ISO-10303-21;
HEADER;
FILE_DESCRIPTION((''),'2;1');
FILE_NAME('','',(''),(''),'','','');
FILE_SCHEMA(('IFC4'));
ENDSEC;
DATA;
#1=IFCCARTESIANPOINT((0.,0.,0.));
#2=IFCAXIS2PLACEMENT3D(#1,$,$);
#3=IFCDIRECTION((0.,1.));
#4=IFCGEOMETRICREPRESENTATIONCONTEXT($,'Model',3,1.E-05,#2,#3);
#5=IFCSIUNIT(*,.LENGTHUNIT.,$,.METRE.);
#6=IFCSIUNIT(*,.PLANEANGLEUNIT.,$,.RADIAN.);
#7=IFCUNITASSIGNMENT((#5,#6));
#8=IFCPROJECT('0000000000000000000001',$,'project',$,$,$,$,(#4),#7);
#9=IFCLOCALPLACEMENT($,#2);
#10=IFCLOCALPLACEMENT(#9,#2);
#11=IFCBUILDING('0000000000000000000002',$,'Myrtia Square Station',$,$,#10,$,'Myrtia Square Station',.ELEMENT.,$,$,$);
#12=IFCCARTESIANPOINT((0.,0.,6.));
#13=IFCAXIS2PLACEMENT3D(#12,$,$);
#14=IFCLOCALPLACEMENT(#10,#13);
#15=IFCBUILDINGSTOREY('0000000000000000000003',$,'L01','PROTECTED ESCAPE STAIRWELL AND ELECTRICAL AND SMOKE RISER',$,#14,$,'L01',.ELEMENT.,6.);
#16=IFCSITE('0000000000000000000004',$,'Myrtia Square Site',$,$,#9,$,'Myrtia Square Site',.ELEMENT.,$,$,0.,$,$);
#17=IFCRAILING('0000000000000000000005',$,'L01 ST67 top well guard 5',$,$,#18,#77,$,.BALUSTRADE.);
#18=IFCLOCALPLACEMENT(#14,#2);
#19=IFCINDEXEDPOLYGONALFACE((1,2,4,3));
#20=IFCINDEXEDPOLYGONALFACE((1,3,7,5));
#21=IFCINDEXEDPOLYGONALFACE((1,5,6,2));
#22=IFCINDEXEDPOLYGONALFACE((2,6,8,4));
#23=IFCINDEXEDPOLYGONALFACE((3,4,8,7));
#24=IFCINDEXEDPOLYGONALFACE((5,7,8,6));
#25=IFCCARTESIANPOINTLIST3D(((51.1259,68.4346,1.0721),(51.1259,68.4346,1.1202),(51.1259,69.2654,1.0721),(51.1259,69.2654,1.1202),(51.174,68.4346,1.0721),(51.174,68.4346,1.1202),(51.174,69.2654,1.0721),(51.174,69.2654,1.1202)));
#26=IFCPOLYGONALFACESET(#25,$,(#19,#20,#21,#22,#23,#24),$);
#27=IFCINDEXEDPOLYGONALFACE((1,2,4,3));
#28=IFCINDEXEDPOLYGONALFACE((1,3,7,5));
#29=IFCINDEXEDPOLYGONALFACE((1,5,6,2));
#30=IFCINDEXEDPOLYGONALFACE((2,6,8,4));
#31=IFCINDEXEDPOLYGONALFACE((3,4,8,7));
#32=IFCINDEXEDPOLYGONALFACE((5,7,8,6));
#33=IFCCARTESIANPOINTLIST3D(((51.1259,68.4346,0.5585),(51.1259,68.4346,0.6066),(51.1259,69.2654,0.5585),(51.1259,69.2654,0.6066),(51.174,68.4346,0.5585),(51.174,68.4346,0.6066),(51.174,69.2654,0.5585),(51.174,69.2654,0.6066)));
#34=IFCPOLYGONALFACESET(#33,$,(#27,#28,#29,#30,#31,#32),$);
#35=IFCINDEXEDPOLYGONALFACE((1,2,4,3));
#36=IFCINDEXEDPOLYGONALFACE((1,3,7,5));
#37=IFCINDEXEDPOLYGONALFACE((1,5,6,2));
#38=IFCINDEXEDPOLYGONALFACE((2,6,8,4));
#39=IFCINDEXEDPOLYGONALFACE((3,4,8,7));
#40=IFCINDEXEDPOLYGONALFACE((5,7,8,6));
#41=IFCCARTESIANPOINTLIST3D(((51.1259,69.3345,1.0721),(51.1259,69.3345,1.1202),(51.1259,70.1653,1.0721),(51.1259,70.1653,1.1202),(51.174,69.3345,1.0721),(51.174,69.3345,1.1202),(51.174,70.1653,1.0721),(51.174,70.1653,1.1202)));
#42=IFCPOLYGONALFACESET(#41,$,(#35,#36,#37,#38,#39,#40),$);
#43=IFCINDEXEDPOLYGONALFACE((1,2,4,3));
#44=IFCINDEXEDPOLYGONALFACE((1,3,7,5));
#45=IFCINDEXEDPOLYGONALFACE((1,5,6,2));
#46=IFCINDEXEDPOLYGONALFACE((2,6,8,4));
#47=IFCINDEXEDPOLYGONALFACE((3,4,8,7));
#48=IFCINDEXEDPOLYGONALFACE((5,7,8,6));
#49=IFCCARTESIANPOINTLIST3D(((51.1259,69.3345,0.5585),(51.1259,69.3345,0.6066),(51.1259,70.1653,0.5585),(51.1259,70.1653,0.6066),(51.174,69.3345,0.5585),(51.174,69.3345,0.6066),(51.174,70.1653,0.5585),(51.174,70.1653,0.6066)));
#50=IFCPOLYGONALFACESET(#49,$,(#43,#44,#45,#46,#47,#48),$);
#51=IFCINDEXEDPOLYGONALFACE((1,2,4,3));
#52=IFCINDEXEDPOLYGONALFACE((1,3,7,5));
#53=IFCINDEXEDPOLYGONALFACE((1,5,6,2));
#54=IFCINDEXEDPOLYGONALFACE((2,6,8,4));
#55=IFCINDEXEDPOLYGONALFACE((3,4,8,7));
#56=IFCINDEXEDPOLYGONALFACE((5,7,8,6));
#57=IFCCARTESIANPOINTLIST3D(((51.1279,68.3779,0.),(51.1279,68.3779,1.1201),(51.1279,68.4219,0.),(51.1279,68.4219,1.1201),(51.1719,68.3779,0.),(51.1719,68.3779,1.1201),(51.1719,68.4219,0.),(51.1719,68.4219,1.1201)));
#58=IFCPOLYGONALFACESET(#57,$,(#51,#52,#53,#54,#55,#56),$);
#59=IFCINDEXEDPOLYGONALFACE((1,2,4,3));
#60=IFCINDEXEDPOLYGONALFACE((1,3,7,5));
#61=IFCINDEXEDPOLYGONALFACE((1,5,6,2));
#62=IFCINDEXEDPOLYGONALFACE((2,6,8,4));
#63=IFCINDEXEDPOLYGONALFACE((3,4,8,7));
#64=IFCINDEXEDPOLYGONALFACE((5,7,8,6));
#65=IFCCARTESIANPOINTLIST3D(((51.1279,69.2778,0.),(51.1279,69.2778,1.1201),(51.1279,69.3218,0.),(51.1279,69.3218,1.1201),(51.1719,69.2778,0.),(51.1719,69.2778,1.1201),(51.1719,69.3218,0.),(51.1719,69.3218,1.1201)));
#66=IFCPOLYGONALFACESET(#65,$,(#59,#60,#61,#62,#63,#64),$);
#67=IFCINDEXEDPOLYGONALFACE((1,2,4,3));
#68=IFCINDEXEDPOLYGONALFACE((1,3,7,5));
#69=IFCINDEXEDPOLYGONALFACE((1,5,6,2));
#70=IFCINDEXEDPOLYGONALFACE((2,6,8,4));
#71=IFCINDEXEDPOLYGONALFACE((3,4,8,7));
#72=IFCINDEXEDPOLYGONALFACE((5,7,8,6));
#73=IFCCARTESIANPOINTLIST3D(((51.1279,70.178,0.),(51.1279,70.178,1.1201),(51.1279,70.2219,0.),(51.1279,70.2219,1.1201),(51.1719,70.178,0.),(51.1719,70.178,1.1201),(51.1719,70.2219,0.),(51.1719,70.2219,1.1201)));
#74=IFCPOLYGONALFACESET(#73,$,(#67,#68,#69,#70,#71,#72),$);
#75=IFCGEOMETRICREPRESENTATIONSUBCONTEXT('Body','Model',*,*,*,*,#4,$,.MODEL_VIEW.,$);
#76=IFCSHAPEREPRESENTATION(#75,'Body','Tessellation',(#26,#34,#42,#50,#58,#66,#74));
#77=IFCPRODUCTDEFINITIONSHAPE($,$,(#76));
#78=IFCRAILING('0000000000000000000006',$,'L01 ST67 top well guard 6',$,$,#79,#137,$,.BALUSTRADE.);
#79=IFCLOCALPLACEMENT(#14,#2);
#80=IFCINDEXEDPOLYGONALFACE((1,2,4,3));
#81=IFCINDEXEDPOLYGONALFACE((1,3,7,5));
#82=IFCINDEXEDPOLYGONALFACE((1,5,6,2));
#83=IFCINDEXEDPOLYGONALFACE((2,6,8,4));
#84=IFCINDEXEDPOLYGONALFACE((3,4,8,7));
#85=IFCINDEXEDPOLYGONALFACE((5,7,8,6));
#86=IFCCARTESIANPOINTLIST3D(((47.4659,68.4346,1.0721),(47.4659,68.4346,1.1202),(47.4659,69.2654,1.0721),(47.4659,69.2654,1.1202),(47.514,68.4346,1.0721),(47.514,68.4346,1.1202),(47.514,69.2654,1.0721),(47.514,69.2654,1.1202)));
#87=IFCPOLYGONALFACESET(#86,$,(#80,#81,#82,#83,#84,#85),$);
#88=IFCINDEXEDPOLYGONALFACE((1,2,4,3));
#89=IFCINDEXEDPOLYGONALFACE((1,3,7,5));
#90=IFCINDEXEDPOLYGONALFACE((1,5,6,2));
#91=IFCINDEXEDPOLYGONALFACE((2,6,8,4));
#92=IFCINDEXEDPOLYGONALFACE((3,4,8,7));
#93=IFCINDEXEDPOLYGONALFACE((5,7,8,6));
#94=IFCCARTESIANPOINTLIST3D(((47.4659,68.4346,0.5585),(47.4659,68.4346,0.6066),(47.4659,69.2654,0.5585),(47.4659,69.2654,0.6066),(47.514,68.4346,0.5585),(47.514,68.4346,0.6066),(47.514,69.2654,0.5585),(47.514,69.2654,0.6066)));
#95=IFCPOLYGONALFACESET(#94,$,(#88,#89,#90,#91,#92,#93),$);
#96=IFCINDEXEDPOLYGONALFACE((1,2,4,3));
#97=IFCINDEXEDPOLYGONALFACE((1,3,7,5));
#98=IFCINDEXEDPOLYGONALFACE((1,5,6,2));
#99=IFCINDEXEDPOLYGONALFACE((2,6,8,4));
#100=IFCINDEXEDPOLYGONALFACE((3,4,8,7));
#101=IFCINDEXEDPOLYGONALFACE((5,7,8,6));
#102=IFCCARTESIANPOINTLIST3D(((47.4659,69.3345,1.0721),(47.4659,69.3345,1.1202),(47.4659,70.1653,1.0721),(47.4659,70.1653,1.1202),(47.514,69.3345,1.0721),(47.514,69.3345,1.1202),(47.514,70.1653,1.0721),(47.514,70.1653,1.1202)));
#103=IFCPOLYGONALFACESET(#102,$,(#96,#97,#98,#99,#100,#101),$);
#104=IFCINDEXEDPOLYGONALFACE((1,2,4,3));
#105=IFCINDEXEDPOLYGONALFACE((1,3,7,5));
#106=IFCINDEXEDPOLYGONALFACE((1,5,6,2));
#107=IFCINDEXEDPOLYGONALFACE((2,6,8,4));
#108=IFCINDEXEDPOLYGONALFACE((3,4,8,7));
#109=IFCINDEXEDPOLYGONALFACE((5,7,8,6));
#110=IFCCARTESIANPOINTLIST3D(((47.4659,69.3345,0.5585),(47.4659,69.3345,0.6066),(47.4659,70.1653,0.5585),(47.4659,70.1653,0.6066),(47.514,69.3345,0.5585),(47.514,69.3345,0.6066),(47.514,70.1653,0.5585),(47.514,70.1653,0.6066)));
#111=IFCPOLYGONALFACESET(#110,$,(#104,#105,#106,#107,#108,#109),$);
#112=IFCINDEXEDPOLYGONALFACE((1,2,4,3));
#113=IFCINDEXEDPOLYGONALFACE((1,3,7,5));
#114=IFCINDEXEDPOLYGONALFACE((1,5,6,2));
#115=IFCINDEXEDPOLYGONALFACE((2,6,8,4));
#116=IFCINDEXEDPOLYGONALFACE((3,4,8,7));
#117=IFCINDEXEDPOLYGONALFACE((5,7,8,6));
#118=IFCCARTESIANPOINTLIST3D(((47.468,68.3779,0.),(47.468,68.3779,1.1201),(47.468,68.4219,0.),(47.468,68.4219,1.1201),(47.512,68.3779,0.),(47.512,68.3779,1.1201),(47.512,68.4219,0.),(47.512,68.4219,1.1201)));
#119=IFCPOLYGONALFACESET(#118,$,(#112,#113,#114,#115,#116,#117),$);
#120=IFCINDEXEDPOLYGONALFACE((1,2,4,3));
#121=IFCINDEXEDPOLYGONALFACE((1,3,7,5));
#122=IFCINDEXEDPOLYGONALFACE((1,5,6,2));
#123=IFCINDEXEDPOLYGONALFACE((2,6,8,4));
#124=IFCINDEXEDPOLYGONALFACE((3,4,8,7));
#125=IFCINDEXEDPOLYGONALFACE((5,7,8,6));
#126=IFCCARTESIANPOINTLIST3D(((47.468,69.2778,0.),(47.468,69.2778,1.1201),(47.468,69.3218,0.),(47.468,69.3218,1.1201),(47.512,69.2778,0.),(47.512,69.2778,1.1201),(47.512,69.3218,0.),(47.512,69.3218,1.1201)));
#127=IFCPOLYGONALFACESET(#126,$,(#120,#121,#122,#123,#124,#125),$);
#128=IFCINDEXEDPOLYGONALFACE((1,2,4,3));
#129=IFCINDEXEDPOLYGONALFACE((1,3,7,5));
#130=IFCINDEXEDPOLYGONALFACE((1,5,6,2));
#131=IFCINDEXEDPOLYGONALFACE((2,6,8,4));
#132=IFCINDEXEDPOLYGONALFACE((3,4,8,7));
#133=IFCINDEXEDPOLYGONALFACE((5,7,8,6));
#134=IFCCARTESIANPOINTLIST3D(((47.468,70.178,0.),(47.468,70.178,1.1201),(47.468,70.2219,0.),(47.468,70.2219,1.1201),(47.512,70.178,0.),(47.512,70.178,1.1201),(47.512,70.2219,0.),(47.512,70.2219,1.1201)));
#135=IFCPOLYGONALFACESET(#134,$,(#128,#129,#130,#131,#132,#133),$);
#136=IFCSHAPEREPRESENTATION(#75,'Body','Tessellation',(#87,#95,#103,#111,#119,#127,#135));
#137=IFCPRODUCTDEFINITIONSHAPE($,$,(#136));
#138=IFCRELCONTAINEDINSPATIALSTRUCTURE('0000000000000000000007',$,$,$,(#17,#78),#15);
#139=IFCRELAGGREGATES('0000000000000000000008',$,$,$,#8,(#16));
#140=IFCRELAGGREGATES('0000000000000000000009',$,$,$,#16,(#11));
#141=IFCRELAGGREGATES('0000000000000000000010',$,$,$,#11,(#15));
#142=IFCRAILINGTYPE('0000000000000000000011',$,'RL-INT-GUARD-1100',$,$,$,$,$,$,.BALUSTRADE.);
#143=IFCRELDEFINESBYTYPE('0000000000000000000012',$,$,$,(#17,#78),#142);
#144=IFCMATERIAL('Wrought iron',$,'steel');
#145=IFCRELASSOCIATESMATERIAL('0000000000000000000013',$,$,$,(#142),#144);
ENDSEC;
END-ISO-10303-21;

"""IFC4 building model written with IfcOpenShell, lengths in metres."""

from ifc_helpers import new_model, si_unit, direction, frame, origin, origin_2d, place, context, subcontext, project, spatial, rectangle, extrude, material, type_object, element, save


model = new_model("IFC4")

# Units and contexts
model_context = context("Model", 3, precision=1e-05, world=origin(), true_north=direction((0.0, 1.0)))
body_context = subcontext(model_context, "Body", "Model", "MODEL_VIEW")
ifc_project = project(units=[si_unit("LENGTHUNIT", "METRE"), si_unit("PLANEANGLEUNIT", "RADIAN")], contexts=[model_context])

# Site, building, storey
site_placement = place(None, origin())
site = spatial("IfcSite", under=ifc_project, at=site_placement, Name="Myrtia Square Site", LongName="Myrtia Square Site", CompositionType="ELEMENT", RefElevation=0.0)
building_placement = place(site_placement, origin())
building = spatial("IfcBuilding", under=site, at=building_placement, Name="Myrtia Square Station", LongName="Myrtia Square Station", CompositionType="ELEMENT")
storey_placement = place(building_placement, frame((0.0, 0.0, 6.0)))
storey = spatial("IfcBuildingStorey", under=building, at=storey_placement, Name="L01", Description="PROTECTED ESCAPE STAIRWELL AND ELECTRICAL AND SMOKE RISER", LongName="L01", CompositionType="ELEMENT", Elevation=6.0)

# Railings
ifc_material_1 = material(Name="Wrought iron", Category="steel")
railing_type = type_object("IfcRailingType", Name="RL-INT-GUARD-1100", PredefinedType="BALUSTRADE", material=ifc_material_1)
for number, where, name in (
    (1, (51.1499, 68.3999, 0.0), "L01 ST67 top well guard 5"),
    (2, (47.49, 68.3999, 0.0), "L01 ST67 top well guard 6"),
):
    element("IfcRailing", number, at=place(storey_placement, frame(where)), inside=storey, type_object=railing_type, Name=name, PredefinedType="BALUSTRADE", context=body_context, shape_type="SweptSolid", body=[
        extrude(rectangle(XDim=0.0481, YDim=0.0481, at=origin_2d()), frame((0.0, 0.0347, 1.0962), z_axis=(0.0, 1.0, 0.0), x_axis=(-1.0, 0.0, 0.0)), (0.0, 0.0, 1.0), 0.8308),
        extrude(rectangle(XDim=0.0481, YDim=0.0481, at=origin_2d()), frame((0.0, 0.0347, 0.5825), z_axis=(0.0, 1.0, 0.0), x_axis=(-1.0, 0.0, 0.0)), (0.0, 0.0, 1.0), 0.8308),
        extrude(rectangle(XDim=0.0481, YDim=0.0481, at=origin_2d()), frame((0.0, 0.9346, 1.0962), z_axis=(0.0, 1.0, 0.0), x_axis=(-1.0, 0.0, 0.0)), (0.0, 0.0, 1.0), 0.8308),
        extrude(rectangle(XDim=0.0481, YDim=0.0481, at=origin_2d()), frame((0.0, 0.9346, 0.5825), z_axis=(0.0, 1.0, 0.0), x_axis=(-1.0, 0.0, 0.0)), (0.0, 0.0, 1.0), 0.8308),
        extrude(rectangle(XDim=0.0439, YDim=0.0439, at=origin_2d()), origin(), (0.0, 0.0, 1.0), 1.1201),
        extrude(rectangle(XDim=0.0439, YDim=0.0439, at=origin_2d()), frame((0.0, 0.8999, 0.0)), (0.0, 0.0, 1.0), 1.1201),
        extrude(rectangle(XDim=0.0439, YDim=0.0439, at=origin_2d()), frame((0.0, 1.8, 0.0)), (0.0, 0.0, 1.0), 1.1201),
    ])

save(model, "model.ifc")
